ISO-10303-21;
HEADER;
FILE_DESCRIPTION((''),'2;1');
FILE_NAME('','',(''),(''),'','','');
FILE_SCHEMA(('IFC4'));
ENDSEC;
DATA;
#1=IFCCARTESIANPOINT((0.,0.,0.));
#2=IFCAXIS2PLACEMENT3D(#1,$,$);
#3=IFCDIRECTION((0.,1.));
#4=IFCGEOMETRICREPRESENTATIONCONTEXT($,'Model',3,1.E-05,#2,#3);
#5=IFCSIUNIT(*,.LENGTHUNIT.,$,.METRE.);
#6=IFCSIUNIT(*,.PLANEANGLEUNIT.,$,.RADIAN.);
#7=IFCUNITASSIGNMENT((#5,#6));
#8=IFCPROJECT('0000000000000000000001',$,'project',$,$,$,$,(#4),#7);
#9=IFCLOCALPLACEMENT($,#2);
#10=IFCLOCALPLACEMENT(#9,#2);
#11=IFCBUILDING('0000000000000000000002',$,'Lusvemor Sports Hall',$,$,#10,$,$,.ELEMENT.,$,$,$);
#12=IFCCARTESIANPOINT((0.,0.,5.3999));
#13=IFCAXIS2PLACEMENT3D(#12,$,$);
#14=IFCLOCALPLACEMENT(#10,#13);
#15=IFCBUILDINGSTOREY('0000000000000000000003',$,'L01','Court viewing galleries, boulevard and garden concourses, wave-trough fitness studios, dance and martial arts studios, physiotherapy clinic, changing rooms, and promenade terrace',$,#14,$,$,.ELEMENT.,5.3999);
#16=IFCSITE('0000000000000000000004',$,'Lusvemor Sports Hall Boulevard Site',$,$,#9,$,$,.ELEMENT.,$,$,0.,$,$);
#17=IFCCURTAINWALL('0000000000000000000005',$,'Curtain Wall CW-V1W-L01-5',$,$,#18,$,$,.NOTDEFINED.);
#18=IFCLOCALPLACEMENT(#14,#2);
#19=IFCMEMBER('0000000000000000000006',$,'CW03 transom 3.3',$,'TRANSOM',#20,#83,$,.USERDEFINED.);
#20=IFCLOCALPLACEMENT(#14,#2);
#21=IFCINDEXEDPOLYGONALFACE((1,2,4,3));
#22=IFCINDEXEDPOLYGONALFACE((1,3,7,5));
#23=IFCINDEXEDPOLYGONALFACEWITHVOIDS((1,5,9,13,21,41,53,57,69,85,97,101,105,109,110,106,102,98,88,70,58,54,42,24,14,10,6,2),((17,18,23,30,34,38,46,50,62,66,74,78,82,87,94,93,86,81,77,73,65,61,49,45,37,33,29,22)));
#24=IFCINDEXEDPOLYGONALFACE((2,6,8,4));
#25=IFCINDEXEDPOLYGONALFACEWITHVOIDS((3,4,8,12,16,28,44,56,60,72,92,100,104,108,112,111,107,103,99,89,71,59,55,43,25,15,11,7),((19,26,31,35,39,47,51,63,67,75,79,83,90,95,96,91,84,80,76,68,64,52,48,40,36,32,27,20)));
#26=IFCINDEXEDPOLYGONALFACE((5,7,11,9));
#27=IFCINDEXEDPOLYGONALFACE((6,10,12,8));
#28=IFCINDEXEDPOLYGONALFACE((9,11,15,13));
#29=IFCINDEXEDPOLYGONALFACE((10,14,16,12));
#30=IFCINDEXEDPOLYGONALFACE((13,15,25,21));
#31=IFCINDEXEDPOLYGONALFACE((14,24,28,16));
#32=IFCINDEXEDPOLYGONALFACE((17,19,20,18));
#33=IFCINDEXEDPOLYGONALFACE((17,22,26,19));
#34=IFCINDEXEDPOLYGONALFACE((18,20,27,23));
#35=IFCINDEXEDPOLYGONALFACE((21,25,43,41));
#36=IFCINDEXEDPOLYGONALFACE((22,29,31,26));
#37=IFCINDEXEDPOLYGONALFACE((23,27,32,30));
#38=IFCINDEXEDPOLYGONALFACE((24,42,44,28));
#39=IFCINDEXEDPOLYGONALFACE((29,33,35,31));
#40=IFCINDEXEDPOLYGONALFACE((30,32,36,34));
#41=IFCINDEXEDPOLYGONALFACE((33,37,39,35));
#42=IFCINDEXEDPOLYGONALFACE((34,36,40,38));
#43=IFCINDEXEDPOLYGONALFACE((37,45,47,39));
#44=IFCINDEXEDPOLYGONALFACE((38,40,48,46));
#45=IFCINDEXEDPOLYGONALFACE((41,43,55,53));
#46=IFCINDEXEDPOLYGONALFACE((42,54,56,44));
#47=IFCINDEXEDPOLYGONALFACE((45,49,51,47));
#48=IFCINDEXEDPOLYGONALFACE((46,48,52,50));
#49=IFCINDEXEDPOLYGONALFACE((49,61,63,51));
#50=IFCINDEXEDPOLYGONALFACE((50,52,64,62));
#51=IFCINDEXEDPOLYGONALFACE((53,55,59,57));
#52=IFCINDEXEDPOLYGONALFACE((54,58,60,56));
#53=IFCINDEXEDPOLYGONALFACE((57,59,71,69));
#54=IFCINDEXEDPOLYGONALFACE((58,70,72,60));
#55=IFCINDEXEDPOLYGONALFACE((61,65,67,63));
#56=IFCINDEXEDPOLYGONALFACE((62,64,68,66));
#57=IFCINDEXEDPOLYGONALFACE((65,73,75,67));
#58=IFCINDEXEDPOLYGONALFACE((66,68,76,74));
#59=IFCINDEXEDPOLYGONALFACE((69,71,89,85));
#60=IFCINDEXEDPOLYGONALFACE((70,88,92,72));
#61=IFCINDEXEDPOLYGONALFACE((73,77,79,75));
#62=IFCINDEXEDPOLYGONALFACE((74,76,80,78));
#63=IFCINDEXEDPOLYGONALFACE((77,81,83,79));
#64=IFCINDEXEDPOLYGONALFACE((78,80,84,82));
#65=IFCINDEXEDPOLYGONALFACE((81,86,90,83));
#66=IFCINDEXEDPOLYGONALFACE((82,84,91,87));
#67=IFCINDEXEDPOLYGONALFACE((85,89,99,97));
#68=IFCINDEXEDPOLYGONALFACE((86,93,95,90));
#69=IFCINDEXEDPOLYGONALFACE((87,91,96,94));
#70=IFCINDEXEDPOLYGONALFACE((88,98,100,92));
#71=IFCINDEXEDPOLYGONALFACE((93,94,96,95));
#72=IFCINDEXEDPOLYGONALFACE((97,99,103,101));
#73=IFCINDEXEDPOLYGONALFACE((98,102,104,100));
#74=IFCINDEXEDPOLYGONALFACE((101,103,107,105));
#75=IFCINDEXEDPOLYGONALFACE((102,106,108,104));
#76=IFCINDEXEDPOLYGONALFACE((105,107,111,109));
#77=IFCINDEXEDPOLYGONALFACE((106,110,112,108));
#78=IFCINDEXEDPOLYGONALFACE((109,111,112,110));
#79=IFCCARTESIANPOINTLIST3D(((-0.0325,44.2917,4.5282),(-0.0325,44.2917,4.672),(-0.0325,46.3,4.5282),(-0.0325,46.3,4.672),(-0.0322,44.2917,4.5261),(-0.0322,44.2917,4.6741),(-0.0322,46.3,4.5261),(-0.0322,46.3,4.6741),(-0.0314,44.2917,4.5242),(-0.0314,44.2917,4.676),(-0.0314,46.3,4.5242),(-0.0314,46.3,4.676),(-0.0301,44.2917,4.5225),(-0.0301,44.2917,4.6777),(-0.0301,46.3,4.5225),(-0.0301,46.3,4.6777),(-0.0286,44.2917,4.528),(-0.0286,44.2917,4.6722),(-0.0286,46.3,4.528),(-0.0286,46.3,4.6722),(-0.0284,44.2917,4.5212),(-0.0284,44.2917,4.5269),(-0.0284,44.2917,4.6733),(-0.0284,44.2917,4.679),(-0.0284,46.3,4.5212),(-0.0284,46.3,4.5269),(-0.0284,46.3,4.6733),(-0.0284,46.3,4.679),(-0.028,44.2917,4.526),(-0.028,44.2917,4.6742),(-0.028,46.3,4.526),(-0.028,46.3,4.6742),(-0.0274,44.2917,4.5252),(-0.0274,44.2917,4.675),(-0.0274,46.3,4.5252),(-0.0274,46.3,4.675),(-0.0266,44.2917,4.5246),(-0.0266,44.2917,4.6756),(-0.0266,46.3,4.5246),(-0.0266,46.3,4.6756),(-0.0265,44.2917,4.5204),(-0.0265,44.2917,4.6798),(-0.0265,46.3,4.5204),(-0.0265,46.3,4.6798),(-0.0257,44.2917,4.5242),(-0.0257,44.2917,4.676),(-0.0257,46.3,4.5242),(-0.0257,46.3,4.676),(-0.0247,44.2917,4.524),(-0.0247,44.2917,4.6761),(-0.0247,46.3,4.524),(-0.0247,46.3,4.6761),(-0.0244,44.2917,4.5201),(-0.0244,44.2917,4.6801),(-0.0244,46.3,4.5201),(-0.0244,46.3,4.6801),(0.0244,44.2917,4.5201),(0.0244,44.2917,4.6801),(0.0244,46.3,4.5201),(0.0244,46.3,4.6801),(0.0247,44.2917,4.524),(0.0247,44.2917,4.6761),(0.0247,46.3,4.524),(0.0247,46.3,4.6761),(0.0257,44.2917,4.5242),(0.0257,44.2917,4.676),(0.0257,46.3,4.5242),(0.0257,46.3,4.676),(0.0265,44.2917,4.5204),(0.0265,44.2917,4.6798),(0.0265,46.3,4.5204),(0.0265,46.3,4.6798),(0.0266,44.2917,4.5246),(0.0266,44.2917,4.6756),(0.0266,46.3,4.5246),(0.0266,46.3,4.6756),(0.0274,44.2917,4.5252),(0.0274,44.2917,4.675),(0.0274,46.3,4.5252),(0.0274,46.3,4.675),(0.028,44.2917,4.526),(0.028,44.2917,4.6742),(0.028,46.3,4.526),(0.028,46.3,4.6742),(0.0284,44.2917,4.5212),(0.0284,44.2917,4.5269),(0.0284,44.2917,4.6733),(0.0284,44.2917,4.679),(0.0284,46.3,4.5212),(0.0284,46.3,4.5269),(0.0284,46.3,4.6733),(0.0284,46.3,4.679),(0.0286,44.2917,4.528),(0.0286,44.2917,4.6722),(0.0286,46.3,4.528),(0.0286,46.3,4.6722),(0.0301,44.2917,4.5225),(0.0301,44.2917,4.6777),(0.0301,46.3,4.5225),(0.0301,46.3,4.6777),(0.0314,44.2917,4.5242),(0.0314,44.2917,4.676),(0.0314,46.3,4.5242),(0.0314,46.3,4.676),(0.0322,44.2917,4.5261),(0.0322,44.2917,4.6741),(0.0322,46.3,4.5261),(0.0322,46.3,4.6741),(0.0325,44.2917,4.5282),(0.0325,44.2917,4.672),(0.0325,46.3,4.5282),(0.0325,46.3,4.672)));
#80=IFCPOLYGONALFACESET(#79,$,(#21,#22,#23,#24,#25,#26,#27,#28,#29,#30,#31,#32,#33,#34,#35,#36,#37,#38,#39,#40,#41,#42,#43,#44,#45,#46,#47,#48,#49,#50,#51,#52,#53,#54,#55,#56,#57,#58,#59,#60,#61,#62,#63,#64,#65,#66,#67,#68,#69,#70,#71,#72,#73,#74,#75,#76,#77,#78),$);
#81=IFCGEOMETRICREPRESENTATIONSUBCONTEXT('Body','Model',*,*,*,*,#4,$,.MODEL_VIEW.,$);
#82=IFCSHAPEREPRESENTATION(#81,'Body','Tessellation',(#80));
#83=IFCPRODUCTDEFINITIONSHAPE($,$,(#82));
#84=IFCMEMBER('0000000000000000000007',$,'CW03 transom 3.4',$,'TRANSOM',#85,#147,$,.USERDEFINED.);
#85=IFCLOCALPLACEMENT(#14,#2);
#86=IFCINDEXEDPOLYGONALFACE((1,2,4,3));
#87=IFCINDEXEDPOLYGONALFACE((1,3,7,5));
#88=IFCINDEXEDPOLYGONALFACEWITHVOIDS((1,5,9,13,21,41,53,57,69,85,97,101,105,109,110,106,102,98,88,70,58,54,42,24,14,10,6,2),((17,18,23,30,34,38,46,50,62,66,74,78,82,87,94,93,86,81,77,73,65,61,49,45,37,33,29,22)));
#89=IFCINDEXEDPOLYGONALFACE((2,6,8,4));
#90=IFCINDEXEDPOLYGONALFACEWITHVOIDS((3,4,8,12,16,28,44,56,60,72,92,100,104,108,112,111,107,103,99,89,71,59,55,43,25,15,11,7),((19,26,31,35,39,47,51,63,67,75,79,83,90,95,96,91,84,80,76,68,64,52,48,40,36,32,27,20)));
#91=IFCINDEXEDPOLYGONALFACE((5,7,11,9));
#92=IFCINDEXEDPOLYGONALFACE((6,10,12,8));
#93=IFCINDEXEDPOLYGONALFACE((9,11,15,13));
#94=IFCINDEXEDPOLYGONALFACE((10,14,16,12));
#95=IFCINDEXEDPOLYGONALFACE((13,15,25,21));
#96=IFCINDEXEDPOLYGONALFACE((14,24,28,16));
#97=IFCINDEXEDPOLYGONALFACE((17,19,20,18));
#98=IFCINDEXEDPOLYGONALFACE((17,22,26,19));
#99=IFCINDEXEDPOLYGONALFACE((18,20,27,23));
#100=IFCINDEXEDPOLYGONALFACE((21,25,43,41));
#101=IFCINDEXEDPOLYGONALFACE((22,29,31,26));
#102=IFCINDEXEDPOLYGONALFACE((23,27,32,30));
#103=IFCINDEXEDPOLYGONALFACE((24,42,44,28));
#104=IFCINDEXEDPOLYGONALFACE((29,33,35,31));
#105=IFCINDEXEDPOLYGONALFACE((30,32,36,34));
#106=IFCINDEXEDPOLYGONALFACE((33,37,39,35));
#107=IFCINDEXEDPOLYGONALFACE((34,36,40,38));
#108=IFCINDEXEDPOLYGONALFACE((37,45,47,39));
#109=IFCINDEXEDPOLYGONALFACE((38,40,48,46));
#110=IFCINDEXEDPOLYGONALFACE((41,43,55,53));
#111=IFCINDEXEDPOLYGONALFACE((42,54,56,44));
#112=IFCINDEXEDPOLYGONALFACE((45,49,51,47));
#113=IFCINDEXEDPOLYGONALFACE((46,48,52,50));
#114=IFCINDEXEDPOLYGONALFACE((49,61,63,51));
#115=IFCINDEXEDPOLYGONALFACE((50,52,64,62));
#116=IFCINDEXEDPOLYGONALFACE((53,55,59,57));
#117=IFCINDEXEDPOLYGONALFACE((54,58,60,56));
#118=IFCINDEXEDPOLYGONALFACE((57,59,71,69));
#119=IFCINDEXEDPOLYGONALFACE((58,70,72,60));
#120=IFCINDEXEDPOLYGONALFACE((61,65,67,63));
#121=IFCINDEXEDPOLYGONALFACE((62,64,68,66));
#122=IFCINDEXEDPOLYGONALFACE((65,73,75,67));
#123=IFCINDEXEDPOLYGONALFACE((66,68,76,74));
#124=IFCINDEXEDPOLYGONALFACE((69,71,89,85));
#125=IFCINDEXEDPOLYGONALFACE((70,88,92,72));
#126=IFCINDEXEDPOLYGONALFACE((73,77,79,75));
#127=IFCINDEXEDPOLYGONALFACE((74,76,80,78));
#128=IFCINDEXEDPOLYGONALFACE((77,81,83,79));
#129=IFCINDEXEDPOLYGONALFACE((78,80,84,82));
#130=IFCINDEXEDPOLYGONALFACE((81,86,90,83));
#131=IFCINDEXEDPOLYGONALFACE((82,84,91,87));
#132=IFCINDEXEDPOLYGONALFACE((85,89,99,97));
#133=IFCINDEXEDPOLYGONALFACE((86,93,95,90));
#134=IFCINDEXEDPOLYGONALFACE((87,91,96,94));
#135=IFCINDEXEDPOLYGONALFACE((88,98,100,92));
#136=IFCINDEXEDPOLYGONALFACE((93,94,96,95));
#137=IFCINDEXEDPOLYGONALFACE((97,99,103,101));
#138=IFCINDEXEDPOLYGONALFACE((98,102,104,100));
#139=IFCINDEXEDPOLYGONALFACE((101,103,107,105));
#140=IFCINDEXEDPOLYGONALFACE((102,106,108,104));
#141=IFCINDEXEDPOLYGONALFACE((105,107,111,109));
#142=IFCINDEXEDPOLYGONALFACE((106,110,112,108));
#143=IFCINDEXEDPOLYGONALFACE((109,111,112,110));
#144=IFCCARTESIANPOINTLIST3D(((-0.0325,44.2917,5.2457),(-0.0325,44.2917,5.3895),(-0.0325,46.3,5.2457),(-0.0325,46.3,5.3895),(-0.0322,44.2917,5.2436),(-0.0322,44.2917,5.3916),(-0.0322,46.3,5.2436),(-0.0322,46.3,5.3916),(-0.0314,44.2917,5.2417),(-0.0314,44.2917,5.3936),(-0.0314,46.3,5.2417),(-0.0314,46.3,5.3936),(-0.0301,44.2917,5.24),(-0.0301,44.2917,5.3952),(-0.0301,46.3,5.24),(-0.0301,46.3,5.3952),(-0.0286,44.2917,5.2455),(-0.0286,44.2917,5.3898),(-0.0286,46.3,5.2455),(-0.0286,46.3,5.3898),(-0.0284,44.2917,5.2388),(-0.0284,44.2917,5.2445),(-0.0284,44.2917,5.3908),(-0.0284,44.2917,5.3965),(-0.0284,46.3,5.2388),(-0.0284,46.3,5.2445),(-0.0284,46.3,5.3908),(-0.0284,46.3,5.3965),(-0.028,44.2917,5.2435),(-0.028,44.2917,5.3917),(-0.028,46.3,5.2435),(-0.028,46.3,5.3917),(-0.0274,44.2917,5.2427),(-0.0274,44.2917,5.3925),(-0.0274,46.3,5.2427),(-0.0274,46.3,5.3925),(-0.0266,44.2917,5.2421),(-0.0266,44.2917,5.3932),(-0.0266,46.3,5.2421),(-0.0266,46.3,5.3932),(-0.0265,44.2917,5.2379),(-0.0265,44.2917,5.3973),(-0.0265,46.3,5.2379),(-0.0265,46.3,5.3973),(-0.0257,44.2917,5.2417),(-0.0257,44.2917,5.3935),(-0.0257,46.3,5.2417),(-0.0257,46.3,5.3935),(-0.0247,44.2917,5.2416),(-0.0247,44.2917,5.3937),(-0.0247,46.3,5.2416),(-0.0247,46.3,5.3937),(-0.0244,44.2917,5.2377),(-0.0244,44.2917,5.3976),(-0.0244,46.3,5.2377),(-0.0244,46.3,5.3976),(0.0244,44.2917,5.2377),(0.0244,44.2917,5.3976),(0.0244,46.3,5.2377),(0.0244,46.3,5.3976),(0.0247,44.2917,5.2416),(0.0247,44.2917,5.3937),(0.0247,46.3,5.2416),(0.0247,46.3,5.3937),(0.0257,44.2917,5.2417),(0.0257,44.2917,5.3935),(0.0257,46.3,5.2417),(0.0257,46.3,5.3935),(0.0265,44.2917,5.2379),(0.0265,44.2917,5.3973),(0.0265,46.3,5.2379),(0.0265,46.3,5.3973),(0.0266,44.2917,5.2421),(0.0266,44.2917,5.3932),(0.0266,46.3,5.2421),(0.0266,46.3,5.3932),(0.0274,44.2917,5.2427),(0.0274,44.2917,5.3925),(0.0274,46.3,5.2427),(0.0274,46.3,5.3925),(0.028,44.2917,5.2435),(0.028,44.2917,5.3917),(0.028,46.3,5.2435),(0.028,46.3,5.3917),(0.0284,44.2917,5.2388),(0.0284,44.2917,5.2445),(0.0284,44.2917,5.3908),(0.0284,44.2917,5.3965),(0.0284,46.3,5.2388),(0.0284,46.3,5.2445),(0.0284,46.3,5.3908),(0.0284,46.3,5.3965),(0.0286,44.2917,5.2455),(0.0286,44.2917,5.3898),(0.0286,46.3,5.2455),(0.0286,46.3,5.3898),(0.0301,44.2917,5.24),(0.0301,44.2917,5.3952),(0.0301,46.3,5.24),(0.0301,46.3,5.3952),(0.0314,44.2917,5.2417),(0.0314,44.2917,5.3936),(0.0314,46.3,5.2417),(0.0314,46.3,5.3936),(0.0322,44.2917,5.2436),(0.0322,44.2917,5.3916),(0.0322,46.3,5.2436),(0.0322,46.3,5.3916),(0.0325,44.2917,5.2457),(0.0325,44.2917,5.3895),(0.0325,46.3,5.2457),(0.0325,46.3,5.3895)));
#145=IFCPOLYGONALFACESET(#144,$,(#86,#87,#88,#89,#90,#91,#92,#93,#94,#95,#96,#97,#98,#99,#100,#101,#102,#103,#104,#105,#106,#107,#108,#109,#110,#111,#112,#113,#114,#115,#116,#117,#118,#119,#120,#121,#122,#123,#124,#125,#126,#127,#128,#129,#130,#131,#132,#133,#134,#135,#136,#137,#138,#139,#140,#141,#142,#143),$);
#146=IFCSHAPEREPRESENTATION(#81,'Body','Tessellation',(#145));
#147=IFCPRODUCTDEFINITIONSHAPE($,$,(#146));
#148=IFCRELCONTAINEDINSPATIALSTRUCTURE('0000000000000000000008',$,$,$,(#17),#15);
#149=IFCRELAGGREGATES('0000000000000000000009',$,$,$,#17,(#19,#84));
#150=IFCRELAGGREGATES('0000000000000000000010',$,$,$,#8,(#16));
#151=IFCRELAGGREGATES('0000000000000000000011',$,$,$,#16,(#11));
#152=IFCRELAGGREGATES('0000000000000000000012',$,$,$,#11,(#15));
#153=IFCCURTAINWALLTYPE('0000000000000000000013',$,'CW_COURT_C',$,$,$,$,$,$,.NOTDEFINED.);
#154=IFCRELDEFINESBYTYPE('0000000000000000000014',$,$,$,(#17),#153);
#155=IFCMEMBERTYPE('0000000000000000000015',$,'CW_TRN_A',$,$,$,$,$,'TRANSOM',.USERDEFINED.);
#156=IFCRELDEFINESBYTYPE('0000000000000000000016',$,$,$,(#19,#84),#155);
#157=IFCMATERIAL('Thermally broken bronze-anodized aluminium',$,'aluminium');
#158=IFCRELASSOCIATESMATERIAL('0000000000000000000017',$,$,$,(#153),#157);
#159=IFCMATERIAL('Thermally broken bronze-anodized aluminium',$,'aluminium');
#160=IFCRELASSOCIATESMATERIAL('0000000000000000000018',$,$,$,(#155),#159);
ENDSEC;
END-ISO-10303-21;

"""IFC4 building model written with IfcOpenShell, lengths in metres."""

from ifc_helpers import new_model, si_unit, direction, frame, origin, origin_2d, place, context, subcontext, project, spatial, hollow_rectangle, extrude, material, material_profile, profile_set, type_object, element, aggregate, save


model = new_model("IFC4")

# Units and contexts
model_context = context("Model", 3, precision=1e-05, world=origin(), true_north=direction((0.0, 1.0)))
body_context = subcontext(model_context, "Body", "Model", "MODEL_VIEW")
ifc_project = project(units=[si_unit("LENGTHUNIT", "METRE"), si_unit("PLANEANGLEUNIT", "RADIAN")], contexts=[model_context])

# Site, building, storey
site_placement = place(None, origin())
site = spatial("IfcSite", under=ifc_project, at=site_placement, Name="Lusvemor Sports Hall Boulevard Site", CompositionType="ELEMENT", RefElevation=0.0)
building_placement = place(site_placement, origin())
building = spatial("IfcBuilding", under=site, at=building_placement, Name="Lusvemor Sports Hall", CompositionType="ELEMENT")
storey_placement = place(building_placement, frame((0.0, 0.0, 5.3999)))
storey = spatial("IfcBuildingStorey", under=building, at=storey_placement, Name="L01", Description="Court viewing galleries, boulevard and garden concourses, wave-trough fitness studios, dance and martial arts studios, physiotherapy clinic, changing rooms, and promenade terrace", CompositionType="ELEMENT", Elevation=5.3999)

# Curtain wall
ifc_material_1 = material(Name="Thermally broken bronze-anodized aluminium", Category="aluminium")
curtain_wall_type_1 = type_object("IfcCurtainWallType", Name="CW_COURT_C", PredefinedType="NOTDEFINED", material=ifc_material_1)
curtain_wall_1_placement = place(storey_placement, origin())
curtain_wall_1 = element("IfcCurtainWall", 1, at=curtain_wall_1_placement, inside=storey, type_object=curtain_wall_type_1, Name="Curtain Wall CW-V1W-L01-5", PredefinedType="NOTDEFINED")

# Members
ifc_material_2 = material(Name="Thermally broken bronze-anodized aluminium", Category="aluminium")
ifc_material_profile_1 = material_profile(ifc_material_2, hollow_rectangle(XDim=0.0649, YDim=0.1599, WallThickness=0.0039, InnerFilletRadius=0.0039, OuterFilletRadius=0.0081, at=origin_2d()), Name="CWTRN160x65x4")
ifc_profile_set_1 = profile_set([ifc_material_profile_1], Name="Thermally broken bronze-anodized aluminium")
member_type_1 = type_object("IfcMemberType", Name="CW_TRN_A", ElementType="TRANSOM", PredefinedType="USERDEFINED", material=ifc_profile_set_1)
member_1_placement = place(storey_placement, frame((0.0, 44.2917, 4.6001), z_axis=(0.0, 1.0, 0.0), x_axis=(-1.0, 0.0, 0.0)))
member_1 = element("IfcMember", 2, at=member_1_placement, type_object=member_type_1, Name="CW03 transom 3.3", ObjectType="TRANSOM", PredefinedType="USERDEFINED", context=body_context, shape_type="SweptSolid", body=[
    extrude(hollow_rectangle(XDim=0.0649, YDim=0.1599, WallThickness=0.0039, InnerFilletRadius=0.0039, OuterFilletRadius=0.0081, at=origin_2d()), origin(), (0.0, 0.0, 1.0), 2.0083),
])
member_2_placement = place(storey_placement, frame((0.0, 44.2917, 5.3176), z_axis=(0.0, 1.0, 0.0), x_axis=(-1.0, 0.0, 0.0)))
member_2 = element("IfcMember", 3, at=member_2_placement, type_object=member_type_1, Name="CW03 transom 3.4", ObjectType="TRANSOM", PredefinedType="USERDEFINED", context=body_context, shape_type="SweptSolid", body=[
    extrude(hollow_rectangle(XDim=0.0649, YDim=0.1599, WallThickness=0.0039, InnerFilletRadius=0.0039, OuterFilletRadius=0.0081, at=origin_2d()), origin(), (0.0, 0.0, 1.0), 2.0083),
])

aggregate(curtain_wall_1, [member_1, member_2])

save(model, "model.ifc")
